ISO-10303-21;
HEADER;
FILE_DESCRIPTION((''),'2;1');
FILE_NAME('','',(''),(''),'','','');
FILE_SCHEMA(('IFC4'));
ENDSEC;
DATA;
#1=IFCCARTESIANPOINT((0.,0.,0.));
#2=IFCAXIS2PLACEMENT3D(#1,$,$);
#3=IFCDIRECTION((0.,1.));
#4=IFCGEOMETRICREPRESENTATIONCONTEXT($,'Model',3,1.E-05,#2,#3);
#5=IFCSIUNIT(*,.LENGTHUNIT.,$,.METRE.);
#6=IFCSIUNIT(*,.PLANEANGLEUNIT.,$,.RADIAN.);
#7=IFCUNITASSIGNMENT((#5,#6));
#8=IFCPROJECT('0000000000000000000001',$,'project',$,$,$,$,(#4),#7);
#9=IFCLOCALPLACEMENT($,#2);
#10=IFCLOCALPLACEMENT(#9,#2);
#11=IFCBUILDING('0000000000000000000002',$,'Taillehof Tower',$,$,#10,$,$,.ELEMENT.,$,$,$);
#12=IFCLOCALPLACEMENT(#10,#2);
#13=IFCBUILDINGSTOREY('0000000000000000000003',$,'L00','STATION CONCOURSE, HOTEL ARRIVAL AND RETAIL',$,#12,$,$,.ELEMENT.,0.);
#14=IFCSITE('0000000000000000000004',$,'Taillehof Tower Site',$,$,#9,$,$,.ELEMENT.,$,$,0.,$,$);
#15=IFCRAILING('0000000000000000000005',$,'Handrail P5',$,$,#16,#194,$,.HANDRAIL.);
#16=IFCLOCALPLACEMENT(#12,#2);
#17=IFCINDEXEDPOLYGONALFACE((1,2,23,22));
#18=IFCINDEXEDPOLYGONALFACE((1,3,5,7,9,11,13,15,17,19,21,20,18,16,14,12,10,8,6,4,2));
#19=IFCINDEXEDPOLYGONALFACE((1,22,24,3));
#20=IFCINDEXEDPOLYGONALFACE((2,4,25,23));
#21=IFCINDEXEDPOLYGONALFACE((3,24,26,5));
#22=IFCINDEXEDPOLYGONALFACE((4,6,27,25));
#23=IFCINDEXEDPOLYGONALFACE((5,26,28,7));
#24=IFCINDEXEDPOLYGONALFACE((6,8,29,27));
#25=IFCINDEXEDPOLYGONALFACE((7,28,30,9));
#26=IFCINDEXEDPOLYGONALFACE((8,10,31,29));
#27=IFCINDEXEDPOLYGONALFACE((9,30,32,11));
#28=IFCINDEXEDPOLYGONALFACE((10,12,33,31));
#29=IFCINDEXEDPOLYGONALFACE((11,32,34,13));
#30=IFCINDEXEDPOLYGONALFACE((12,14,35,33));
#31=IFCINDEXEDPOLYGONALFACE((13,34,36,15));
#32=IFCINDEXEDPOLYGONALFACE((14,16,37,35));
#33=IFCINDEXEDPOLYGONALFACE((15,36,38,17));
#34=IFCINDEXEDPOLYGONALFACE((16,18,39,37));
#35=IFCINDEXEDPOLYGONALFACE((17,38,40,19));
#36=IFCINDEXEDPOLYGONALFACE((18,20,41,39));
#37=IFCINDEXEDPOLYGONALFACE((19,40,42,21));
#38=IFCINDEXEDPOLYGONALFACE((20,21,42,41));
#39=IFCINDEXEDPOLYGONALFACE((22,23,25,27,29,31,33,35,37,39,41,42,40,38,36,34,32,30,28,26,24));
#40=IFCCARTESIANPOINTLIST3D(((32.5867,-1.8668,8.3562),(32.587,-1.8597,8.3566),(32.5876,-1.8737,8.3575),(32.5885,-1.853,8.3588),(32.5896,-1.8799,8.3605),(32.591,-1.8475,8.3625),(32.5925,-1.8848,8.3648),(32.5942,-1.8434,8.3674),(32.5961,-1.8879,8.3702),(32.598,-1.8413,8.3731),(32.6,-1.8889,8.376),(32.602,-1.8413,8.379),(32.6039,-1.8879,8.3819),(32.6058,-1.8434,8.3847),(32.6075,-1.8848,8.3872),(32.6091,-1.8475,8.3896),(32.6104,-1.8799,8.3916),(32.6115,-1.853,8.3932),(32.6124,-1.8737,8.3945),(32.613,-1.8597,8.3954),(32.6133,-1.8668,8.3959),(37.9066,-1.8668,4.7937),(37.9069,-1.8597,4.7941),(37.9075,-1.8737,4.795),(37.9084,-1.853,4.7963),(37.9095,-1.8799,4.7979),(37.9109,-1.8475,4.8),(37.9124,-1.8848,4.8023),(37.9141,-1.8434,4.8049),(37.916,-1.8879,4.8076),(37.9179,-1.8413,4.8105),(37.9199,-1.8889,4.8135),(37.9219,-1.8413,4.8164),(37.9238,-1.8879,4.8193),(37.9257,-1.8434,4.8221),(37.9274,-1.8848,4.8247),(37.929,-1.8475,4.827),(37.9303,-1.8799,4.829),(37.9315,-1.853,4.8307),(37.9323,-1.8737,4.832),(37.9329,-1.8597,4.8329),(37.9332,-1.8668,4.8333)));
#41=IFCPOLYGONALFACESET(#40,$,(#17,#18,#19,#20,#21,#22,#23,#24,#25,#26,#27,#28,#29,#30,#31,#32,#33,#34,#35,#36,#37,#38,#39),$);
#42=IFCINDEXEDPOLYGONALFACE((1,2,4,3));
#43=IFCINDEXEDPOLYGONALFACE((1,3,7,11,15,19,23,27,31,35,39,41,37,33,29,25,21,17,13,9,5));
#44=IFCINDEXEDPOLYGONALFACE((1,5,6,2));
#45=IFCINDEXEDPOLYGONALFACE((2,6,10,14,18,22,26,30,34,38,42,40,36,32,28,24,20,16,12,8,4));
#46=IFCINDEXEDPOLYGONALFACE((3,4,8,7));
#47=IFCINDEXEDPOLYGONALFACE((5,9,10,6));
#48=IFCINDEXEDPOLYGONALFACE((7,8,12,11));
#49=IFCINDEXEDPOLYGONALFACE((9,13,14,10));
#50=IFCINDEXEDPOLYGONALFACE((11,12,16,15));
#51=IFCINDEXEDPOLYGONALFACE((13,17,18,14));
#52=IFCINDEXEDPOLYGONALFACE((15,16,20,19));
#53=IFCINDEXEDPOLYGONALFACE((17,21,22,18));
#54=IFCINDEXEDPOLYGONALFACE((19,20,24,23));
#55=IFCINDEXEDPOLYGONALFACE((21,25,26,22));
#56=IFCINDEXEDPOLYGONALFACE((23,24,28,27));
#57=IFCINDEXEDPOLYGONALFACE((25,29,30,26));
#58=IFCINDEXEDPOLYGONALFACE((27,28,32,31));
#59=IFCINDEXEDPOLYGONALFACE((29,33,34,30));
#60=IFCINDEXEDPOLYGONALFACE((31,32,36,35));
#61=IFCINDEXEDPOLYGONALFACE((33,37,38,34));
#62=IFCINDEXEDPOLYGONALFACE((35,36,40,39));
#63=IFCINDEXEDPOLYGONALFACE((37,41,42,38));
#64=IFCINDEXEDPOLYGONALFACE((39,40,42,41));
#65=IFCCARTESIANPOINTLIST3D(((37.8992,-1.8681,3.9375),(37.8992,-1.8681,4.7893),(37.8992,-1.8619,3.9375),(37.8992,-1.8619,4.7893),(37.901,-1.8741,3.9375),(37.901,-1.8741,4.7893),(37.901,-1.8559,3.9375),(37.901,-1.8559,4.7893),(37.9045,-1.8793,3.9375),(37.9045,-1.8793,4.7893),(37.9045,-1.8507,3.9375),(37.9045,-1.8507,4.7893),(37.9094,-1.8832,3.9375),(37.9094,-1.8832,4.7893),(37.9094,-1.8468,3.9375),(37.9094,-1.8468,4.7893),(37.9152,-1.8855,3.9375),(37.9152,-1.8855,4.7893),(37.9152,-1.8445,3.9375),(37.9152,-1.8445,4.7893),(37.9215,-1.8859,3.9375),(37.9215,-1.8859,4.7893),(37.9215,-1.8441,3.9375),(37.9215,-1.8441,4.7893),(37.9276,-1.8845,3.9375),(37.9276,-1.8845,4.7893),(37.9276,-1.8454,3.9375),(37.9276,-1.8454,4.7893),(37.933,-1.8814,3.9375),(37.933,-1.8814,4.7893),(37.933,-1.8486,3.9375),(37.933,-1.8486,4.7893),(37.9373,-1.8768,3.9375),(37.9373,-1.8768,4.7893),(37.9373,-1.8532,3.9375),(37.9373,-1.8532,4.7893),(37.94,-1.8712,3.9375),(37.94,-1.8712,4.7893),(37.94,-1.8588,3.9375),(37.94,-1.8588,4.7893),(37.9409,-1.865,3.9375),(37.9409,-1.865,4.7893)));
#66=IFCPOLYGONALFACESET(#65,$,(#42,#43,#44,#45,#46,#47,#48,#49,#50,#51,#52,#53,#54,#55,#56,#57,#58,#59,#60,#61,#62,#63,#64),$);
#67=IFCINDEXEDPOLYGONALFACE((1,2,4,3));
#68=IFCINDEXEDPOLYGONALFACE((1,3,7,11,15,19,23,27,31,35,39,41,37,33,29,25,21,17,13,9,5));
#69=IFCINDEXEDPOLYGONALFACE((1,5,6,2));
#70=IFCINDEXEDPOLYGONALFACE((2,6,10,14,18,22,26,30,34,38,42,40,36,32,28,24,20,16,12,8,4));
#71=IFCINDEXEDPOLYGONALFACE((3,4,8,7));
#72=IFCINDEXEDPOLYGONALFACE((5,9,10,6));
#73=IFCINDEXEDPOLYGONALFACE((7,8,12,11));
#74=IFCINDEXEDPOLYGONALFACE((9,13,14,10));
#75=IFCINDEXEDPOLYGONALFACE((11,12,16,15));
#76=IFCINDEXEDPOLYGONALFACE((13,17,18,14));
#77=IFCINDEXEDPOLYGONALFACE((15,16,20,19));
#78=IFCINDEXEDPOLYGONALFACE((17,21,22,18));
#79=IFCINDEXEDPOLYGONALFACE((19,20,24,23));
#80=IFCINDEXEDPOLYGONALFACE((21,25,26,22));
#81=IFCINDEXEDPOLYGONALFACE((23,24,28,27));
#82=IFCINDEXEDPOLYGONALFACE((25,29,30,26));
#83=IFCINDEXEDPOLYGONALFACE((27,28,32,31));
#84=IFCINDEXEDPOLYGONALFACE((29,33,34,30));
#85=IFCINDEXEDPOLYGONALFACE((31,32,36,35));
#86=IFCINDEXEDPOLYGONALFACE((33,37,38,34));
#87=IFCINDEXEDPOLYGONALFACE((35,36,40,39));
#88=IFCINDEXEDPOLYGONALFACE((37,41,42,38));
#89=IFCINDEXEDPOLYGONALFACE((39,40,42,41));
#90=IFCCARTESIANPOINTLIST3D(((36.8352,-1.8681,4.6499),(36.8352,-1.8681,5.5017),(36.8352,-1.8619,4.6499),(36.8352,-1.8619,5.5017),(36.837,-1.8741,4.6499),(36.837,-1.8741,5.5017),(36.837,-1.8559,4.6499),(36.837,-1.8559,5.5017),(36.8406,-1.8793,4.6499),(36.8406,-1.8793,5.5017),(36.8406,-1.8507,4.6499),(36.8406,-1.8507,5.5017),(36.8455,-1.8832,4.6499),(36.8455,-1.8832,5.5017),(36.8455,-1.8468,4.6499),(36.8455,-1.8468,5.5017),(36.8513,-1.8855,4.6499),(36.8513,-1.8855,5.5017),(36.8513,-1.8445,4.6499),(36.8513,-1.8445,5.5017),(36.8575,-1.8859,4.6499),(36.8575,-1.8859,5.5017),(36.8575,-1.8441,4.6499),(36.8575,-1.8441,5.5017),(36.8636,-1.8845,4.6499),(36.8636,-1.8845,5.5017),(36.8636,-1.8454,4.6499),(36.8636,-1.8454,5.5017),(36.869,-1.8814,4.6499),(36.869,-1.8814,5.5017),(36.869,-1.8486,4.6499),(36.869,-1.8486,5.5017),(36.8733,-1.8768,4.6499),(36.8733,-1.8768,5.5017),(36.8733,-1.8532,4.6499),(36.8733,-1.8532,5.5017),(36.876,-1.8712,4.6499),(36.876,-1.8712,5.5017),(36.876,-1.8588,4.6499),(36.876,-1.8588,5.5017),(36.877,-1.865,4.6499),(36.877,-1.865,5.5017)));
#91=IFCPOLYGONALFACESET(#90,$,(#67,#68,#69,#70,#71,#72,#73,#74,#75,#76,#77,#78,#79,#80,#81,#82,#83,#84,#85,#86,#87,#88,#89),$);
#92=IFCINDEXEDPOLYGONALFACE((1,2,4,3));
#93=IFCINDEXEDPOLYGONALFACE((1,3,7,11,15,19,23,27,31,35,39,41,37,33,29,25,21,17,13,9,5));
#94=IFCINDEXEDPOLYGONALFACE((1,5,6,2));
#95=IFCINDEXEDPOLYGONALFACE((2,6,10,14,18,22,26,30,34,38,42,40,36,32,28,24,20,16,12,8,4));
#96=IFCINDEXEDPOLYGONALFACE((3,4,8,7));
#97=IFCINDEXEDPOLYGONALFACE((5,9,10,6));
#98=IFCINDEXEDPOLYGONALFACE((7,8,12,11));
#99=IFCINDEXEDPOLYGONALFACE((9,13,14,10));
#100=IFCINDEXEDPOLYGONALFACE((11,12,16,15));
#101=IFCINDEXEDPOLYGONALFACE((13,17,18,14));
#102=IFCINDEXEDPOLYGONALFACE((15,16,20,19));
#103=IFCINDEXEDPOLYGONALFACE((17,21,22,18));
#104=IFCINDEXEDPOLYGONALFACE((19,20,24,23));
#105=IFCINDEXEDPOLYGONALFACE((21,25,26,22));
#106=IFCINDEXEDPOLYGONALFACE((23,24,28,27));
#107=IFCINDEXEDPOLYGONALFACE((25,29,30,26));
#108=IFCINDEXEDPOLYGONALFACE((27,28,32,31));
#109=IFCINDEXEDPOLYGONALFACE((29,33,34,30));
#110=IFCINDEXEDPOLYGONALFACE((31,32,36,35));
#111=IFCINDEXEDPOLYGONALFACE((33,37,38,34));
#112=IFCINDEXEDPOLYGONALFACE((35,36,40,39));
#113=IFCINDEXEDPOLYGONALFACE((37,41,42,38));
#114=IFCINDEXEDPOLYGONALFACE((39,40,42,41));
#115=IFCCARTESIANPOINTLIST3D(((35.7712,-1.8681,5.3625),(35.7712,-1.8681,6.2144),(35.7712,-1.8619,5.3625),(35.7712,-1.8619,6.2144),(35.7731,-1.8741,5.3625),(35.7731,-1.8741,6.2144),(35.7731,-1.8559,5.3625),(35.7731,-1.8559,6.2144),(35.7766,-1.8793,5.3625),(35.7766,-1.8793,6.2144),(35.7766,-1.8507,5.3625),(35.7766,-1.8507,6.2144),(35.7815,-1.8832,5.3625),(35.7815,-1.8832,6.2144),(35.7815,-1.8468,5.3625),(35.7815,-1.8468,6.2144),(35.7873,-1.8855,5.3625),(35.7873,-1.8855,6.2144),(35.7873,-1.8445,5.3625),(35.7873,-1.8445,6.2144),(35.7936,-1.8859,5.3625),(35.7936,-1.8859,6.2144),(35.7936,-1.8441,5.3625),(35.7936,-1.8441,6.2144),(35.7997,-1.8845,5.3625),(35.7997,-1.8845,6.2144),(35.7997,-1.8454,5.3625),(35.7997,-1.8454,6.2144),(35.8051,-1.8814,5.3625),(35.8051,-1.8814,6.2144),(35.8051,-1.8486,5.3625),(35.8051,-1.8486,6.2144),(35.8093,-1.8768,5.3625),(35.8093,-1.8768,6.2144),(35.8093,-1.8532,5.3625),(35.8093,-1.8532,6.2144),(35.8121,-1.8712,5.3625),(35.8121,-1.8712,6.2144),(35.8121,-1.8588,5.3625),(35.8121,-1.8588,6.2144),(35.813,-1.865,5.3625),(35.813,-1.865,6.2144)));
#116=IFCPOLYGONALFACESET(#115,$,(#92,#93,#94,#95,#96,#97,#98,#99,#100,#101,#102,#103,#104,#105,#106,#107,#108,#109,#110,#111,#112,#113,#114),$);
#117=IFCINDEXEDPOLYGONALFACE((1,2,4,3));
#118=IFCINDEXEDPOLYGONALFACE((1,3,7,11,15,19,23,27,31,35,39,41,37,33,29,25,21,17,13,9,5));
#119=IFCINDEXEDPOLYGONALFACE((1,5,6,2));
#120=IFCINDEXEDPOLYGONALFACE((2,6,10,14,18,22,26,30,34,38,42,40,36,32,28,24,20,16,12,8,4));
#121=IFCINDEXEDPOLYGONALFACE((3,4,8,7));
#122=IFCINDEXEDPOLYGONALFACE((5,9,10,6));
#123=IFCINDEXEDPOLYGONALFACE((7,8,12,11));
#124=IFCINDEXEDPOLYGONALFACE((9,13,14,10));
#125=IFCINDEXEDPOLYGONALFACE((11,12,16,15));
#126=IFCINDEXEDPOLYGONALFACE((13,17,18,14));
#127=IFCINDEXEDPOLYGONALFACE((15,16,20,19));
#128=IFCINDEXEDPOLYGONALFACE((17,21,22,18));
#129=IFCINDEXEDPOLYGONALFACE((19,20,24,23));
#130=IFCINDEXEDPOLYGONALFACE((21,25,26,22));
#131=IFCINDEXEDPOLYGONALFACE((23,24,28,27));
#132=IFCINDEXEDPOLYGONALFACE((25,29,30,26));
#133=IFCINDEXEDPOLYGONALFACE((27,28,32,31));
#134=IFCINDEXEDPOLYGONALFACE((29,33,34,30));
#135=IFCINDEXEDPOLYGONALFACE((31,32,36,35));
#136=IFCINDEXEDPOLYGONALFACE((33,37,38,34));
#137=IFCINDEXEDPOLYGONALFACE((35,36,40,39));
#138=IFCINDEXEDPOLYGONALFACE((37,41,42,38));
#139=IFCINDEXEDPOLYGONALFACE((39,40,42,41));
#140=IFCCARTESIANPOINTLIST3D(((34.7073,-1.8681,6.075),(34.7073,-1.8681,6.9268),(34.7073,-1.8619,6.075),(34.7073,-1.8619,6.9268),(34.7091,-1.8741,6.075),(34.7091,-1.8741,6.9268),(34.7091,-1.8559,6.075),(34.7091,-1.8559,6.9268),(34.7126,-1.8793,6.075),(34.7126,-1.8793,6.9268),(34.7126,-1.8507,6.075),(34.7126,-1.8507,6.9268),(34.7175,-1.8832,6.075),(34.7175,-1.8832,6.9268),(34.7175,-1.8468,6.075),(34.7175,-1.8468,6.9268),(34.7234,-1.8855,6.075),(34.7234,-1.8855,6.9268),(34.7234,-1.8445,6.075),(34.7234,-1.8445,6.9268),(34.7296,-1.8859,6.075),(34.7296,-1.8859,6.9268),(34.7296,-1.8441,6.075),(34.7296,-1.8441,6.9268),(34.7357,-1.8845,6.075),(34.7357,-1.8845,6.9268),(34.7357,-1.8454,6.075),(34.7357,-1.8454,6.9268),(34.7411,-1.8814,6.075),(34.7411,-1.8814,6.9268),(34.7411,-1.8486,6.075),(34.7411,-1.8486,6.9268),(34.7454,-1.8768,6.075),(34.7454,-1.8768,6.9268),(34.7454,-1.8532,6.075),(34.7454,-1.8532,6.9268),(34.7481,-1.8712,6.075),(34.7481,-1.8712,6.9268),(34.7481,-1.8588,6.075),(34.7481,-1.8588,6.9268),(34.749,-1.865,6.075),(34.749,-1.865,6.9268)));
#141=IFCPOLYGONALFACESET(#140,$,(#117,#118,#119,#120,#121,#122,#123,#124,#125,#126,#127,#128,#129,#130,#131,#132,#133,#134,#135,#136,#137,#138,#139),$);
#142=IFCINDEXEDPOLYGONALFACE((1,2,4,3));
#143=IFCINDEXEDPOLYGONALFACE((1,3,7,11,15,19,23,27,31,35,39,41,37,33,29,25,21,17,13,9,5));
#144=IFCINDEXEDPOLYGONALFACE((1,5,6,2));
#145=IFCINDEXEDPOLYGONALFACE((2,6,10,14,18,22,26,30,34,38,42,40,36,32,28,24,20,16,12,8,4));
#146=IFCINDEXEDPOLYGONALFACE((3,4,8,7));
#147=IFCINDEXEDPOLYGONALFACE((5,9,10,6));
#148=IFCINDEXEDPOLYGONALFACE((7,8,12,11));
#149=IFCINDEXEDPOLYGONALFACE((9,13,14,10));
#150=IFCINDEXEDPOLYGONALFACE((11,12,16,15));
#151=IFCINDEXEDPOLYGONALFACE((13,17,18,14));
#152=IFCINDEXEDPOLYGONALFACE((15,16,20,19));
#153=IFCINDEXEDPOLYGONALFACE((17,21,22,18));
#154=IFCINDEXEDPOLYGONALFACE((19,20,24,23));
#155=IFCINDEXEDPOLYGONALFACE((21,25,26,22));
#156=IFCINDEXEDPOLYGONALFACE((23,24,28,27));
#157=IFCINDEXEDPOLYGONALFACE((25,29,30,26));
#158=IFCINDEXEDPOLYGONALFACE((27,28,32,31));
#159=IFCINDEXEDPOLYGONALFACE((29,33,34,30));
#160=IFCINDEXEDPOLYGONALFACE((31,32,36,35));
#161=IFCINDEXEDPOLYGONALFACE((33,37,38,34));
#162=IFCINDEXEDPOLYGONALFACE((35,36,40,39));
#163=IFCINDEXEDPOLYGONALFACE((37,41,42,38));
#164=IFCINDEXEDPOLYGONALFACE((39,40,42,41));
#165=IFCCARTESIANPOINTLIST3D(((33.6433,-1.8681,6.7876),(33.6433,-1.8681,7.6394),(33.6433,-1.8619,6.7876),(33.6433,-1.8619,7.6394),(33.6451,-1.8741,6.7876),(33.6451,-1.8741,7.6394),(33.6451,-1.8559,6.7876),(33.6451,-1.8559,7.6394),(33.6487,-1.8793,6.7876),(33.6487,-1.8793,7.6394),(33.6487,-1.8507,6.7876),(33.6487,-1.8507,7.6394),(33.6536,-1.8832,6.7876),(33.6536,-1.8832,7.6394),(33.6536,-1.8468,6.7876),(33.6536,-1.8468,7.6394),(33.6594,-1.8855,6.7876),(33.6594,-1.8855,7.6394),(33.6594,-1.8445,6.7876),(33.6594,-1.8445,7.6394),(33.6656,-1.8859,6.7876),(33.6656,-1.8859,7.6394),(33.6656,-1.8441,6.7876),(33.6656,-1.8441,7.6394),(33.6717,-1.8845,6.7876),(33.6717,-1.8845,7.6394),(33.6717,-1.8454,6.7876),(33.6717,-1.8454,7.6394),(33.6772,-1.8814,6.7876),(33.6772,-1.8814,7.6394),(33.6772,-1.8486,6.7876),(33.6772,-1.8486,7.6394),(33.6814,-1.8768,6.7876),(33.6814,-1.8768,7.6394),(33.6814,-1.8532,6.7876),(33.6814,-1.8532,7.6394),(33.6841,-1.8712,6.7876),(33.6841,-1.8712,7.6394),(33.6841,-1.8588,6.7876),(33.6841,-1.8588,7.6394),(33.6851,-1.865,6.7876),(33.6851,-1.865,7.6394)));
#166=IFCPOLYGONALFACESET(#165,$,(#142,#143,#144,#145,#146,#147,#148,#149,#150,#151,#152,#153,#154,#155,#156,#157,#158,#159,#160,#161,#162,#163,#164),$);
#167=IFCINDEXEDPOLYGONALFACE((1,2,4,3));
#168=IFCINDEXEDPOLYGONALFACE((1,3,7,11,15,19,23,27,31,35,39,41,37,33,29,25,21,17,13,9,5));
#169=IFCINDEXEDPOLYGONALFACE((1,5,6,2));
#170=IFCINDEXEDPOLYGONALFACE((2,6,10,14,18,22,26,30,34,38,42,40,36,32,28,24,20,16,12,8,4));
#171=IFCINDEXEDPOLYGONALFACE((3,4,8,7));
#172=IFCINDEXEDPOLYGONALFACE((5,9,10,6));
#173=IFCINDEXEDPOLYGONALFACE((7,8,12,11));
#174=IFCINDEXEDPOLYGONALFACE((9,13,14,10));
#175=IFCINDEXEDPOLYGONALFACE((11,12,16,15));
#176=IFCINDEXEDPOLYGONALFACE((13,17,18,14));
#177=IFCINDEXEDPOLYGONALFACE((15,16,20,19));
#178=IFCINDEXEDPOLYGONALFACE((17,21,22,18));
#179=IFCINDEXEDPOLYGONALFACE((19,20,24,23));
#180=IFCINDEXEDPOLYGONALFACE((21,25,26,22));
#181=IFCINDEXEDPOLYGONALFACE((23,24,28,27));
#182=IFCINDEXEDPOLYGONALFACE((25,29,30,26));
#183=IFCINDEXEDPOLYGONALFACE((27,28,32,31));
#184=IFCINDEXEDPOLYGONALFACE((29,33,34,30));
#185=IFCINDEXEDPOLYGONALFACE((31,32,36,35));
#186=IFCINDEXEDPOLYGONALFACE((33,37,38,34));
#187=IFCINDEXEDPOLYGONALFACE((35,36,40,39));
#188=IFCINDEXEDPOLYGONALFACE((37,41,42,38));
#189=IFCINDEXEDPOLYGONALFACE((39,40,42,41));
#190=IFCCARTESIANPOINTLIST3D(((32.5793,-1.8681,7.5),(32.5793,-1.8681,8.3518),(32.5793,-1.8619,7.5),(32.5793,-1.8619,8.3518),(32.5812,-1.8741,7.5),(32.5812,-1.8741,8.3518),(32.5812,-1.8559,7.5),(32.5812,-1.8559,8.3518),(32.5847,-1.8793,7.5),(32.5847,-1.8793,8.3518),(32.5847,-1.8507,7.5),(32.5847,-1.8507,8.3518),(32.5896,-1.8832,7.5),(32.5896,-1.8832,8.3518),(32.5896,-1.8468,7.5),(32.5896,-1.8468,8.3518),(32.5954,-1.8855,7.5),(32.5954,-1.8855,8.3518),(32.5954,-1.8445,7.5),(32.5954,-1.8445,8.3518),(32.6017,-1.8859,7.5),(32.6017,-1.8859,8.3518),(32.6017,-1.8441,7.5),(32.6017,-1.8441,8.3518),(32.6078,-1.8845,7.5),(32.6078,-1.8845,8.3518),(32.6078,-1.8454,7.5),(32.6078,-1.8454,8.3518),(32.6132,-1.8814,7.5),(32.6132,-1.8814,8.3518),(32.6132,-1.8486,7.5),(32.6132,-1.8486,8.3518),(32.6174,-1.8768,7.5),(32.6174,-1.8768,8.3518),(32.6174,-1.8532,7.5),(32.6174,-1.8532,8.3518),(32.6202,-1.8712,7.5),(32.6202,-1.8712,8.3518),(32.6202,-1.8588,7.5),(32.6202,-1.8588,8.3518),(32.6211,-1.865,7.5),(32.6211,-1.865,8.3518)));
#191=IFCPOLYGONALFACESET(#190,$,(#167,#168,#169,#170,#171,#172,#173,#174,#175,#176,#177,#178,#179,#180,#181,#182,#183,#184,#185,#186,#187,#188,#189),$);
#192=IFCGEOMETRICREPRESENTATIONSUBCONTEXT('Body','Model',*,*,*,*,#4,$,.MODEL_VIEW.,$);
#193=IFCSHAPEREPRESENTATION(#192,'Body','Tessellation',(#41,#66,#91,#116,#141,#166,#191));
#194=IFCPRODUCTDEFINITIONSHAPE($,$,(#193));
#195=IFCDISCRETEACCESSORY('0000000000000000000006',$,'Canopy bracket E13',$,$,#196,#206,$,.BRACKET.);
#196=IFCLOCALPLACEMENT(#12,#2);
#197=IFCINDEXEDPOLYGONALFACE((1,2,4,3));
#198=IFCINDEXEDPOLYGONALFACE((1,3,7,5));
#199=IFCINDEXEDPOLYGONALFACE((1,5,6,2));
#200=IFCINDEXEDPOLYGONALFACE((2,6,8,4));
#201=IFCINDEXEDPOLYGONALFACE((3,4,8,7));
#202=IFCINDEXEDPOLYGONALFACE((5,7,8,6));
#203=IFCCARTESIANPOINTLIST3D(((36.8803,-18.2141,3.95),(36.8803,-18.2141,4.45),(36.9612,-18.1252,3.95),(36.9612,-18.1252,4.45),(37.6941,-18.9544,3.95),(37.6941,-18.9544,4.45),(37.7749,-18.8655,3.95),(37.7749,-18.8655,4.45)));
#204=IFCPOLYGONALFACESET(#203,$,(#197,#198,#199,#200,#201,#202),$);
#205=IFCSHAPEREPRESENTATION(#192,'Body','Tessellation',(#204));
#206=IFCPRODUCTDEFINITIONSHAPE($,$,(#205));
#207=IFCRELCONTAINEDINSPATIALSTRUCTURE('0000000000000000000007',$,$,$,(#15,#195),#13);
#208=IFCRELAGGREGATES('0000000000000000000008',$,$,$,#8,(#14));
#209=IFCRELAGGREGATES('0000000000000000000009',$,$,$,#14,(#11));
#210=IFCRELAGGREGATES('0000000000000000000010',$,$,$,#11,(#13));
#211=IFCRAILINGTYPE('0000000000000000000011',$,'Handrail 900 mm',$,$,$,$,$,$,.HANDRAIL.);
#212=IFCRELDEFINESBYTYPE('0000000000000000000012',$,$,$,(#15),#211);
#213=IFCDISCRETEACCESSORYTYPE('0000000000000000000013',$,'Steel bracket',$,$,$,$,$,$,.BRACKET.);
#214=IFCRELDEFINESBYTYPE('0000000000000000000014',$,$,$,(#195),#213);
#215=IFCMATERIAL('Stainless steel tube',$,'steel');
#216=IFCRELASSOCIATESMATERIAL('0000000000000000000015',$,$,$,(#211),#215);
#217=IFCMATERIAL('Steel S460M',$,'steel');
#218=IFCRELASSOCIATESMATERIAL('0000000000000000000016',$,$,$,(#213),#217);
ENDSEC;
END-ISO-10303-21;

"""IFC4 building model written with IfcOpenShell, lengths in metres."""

from ifc_helpers import new_model, si_unit, direction, frame, origin, origin_2d, place, context, subcontext, project, spatial, rectangle, circle, extrude, material, type_object, element, save


model = new_model("IFC4")

# Units and contexts
model_context = context("Model", 3, precision=1e-05, world=origin(), true_north=direction((0.0, 1.0)))
body_context = subcontext(model_context, "Body", "Model", "MODEL_VIEW")
ifc_project = project(units=[si_unit("LENGTHUNIT", "METRE"), si_unit("PLANEANGLEUNIT", "RADIAN")], contexts=[model_context])

# Site, building, storey
site_placement = place(None, origin())
site = spatial("IfcSite", under=ifc_project, at=site_placement, Name="Taillehof Tower Site", CompositionType="ELEMENT", RefElevation=0.0)
building_placement = place(site_placement, origin())
building = spatial("IfcBuilding", under=site, at=building_placement, Name="Taillehof Tower", CompositionType="ELEMENT")
storey_placement = place(building_placement, origin())
storey = spatial("IfcBuildingStorey", under=building, at=storey_placement, Name="L00", Description="STATION CONCOURSE, HOTEL ARRIVAL AND RETAIL", CompositionType="ELEMENT", Elevation=0.0)

# Railing
ifc_material_1 = material(Name="Stainless steel tube", Category="steel")
railing_type = type_object("IfcRailingType", Name="Handrail 900 mm", PredefinedType="HANDRAIL", material=ifc_material_1)
for number, where, name in (
    (1, (37.9199, -1.865, 3.9375), "Handrail P5"),
):
    element("IfcRailing", number, at=place(storey_placement, frame(where)), inside=storey, type_object=railing_type, Name=name, PredefinedType="HANDRAIL", context=body_context, shape_type="SweptSolid", body=[
        extrude(circle(Radius=0.0239, at=origin_2d()), frame((0.0, 0.0, 0.876), z_axis=(-0.830899, 0.0, 0.556424), x_axis=(0.0, -1.0, 0.0)), (0.0, 0.0, 1.0), 6.4026),
        extrude(circle(Radius=0.021, at=origin_2d()), origin(), (0.0, 0.0, 1.0), 0.8518),
        extrude(circle(Radius=0.021, at=origin_2d()), frame((-1.064, 0.0, 0.7124)), (0.0, 0.0, 1.0), 0.8518),
        extrude(circle(Radius=0.021, at=origin_2d()), frame((-2.1279, 0.0, 1.425)), (0.0, 0.0, 1.0), 0.8518),
        extrude(circle(Radius=0.021, at=origin_2d()), frame((-3.1919, 0.0, 2.1375)), (0.0, 0.0, 1.0), 0.8518),
        extrude(circle(Radius=0.021, at=origin_2d()), frame((-4.2559, 0.0, 2.8501)), (0.0, 0.0, 1.0), 0.8518),
        extrude(circle(Radius=0.021, at=origin_2d()), frame((-5.3198, 0.0, 3.5625)), (0.0, 0.0, 1.0), 0.8518),
    ])

# Discrete accessory
ifc_material_2 = material(Name="Steel S460M", Category="steel")
discrete_accessory_type_1 = type_object("IfcDiscreteAccessoryType", Name="Steel bracket", PredefinedType="BRACKET", material=ifc_material_2)
discrete_accessory_1_placement = place(storey_placement, frame((37.3276, -18.5398, 3.95), z_axis=(0.0, 0.0, 1.0), x_axis=(0.739707, -0.672929, 0.0)))
element("IfcDiscreteAccessory", 2, at=discrete_accessory_1_placement, inside=storey, type_object=discrete_accessory_type_1, Name="Canopy bracket E13", PredefinedType="BRACKET", context=body_context, shape_type="SweptSolid", body=[
    extrude(rectangle(XDim=1.1001, YDim=0.1201, at=origin_2d()), origin(), (0.0, 0.0, 1.0), 0.5),
])

save(model, "model.ifc")
